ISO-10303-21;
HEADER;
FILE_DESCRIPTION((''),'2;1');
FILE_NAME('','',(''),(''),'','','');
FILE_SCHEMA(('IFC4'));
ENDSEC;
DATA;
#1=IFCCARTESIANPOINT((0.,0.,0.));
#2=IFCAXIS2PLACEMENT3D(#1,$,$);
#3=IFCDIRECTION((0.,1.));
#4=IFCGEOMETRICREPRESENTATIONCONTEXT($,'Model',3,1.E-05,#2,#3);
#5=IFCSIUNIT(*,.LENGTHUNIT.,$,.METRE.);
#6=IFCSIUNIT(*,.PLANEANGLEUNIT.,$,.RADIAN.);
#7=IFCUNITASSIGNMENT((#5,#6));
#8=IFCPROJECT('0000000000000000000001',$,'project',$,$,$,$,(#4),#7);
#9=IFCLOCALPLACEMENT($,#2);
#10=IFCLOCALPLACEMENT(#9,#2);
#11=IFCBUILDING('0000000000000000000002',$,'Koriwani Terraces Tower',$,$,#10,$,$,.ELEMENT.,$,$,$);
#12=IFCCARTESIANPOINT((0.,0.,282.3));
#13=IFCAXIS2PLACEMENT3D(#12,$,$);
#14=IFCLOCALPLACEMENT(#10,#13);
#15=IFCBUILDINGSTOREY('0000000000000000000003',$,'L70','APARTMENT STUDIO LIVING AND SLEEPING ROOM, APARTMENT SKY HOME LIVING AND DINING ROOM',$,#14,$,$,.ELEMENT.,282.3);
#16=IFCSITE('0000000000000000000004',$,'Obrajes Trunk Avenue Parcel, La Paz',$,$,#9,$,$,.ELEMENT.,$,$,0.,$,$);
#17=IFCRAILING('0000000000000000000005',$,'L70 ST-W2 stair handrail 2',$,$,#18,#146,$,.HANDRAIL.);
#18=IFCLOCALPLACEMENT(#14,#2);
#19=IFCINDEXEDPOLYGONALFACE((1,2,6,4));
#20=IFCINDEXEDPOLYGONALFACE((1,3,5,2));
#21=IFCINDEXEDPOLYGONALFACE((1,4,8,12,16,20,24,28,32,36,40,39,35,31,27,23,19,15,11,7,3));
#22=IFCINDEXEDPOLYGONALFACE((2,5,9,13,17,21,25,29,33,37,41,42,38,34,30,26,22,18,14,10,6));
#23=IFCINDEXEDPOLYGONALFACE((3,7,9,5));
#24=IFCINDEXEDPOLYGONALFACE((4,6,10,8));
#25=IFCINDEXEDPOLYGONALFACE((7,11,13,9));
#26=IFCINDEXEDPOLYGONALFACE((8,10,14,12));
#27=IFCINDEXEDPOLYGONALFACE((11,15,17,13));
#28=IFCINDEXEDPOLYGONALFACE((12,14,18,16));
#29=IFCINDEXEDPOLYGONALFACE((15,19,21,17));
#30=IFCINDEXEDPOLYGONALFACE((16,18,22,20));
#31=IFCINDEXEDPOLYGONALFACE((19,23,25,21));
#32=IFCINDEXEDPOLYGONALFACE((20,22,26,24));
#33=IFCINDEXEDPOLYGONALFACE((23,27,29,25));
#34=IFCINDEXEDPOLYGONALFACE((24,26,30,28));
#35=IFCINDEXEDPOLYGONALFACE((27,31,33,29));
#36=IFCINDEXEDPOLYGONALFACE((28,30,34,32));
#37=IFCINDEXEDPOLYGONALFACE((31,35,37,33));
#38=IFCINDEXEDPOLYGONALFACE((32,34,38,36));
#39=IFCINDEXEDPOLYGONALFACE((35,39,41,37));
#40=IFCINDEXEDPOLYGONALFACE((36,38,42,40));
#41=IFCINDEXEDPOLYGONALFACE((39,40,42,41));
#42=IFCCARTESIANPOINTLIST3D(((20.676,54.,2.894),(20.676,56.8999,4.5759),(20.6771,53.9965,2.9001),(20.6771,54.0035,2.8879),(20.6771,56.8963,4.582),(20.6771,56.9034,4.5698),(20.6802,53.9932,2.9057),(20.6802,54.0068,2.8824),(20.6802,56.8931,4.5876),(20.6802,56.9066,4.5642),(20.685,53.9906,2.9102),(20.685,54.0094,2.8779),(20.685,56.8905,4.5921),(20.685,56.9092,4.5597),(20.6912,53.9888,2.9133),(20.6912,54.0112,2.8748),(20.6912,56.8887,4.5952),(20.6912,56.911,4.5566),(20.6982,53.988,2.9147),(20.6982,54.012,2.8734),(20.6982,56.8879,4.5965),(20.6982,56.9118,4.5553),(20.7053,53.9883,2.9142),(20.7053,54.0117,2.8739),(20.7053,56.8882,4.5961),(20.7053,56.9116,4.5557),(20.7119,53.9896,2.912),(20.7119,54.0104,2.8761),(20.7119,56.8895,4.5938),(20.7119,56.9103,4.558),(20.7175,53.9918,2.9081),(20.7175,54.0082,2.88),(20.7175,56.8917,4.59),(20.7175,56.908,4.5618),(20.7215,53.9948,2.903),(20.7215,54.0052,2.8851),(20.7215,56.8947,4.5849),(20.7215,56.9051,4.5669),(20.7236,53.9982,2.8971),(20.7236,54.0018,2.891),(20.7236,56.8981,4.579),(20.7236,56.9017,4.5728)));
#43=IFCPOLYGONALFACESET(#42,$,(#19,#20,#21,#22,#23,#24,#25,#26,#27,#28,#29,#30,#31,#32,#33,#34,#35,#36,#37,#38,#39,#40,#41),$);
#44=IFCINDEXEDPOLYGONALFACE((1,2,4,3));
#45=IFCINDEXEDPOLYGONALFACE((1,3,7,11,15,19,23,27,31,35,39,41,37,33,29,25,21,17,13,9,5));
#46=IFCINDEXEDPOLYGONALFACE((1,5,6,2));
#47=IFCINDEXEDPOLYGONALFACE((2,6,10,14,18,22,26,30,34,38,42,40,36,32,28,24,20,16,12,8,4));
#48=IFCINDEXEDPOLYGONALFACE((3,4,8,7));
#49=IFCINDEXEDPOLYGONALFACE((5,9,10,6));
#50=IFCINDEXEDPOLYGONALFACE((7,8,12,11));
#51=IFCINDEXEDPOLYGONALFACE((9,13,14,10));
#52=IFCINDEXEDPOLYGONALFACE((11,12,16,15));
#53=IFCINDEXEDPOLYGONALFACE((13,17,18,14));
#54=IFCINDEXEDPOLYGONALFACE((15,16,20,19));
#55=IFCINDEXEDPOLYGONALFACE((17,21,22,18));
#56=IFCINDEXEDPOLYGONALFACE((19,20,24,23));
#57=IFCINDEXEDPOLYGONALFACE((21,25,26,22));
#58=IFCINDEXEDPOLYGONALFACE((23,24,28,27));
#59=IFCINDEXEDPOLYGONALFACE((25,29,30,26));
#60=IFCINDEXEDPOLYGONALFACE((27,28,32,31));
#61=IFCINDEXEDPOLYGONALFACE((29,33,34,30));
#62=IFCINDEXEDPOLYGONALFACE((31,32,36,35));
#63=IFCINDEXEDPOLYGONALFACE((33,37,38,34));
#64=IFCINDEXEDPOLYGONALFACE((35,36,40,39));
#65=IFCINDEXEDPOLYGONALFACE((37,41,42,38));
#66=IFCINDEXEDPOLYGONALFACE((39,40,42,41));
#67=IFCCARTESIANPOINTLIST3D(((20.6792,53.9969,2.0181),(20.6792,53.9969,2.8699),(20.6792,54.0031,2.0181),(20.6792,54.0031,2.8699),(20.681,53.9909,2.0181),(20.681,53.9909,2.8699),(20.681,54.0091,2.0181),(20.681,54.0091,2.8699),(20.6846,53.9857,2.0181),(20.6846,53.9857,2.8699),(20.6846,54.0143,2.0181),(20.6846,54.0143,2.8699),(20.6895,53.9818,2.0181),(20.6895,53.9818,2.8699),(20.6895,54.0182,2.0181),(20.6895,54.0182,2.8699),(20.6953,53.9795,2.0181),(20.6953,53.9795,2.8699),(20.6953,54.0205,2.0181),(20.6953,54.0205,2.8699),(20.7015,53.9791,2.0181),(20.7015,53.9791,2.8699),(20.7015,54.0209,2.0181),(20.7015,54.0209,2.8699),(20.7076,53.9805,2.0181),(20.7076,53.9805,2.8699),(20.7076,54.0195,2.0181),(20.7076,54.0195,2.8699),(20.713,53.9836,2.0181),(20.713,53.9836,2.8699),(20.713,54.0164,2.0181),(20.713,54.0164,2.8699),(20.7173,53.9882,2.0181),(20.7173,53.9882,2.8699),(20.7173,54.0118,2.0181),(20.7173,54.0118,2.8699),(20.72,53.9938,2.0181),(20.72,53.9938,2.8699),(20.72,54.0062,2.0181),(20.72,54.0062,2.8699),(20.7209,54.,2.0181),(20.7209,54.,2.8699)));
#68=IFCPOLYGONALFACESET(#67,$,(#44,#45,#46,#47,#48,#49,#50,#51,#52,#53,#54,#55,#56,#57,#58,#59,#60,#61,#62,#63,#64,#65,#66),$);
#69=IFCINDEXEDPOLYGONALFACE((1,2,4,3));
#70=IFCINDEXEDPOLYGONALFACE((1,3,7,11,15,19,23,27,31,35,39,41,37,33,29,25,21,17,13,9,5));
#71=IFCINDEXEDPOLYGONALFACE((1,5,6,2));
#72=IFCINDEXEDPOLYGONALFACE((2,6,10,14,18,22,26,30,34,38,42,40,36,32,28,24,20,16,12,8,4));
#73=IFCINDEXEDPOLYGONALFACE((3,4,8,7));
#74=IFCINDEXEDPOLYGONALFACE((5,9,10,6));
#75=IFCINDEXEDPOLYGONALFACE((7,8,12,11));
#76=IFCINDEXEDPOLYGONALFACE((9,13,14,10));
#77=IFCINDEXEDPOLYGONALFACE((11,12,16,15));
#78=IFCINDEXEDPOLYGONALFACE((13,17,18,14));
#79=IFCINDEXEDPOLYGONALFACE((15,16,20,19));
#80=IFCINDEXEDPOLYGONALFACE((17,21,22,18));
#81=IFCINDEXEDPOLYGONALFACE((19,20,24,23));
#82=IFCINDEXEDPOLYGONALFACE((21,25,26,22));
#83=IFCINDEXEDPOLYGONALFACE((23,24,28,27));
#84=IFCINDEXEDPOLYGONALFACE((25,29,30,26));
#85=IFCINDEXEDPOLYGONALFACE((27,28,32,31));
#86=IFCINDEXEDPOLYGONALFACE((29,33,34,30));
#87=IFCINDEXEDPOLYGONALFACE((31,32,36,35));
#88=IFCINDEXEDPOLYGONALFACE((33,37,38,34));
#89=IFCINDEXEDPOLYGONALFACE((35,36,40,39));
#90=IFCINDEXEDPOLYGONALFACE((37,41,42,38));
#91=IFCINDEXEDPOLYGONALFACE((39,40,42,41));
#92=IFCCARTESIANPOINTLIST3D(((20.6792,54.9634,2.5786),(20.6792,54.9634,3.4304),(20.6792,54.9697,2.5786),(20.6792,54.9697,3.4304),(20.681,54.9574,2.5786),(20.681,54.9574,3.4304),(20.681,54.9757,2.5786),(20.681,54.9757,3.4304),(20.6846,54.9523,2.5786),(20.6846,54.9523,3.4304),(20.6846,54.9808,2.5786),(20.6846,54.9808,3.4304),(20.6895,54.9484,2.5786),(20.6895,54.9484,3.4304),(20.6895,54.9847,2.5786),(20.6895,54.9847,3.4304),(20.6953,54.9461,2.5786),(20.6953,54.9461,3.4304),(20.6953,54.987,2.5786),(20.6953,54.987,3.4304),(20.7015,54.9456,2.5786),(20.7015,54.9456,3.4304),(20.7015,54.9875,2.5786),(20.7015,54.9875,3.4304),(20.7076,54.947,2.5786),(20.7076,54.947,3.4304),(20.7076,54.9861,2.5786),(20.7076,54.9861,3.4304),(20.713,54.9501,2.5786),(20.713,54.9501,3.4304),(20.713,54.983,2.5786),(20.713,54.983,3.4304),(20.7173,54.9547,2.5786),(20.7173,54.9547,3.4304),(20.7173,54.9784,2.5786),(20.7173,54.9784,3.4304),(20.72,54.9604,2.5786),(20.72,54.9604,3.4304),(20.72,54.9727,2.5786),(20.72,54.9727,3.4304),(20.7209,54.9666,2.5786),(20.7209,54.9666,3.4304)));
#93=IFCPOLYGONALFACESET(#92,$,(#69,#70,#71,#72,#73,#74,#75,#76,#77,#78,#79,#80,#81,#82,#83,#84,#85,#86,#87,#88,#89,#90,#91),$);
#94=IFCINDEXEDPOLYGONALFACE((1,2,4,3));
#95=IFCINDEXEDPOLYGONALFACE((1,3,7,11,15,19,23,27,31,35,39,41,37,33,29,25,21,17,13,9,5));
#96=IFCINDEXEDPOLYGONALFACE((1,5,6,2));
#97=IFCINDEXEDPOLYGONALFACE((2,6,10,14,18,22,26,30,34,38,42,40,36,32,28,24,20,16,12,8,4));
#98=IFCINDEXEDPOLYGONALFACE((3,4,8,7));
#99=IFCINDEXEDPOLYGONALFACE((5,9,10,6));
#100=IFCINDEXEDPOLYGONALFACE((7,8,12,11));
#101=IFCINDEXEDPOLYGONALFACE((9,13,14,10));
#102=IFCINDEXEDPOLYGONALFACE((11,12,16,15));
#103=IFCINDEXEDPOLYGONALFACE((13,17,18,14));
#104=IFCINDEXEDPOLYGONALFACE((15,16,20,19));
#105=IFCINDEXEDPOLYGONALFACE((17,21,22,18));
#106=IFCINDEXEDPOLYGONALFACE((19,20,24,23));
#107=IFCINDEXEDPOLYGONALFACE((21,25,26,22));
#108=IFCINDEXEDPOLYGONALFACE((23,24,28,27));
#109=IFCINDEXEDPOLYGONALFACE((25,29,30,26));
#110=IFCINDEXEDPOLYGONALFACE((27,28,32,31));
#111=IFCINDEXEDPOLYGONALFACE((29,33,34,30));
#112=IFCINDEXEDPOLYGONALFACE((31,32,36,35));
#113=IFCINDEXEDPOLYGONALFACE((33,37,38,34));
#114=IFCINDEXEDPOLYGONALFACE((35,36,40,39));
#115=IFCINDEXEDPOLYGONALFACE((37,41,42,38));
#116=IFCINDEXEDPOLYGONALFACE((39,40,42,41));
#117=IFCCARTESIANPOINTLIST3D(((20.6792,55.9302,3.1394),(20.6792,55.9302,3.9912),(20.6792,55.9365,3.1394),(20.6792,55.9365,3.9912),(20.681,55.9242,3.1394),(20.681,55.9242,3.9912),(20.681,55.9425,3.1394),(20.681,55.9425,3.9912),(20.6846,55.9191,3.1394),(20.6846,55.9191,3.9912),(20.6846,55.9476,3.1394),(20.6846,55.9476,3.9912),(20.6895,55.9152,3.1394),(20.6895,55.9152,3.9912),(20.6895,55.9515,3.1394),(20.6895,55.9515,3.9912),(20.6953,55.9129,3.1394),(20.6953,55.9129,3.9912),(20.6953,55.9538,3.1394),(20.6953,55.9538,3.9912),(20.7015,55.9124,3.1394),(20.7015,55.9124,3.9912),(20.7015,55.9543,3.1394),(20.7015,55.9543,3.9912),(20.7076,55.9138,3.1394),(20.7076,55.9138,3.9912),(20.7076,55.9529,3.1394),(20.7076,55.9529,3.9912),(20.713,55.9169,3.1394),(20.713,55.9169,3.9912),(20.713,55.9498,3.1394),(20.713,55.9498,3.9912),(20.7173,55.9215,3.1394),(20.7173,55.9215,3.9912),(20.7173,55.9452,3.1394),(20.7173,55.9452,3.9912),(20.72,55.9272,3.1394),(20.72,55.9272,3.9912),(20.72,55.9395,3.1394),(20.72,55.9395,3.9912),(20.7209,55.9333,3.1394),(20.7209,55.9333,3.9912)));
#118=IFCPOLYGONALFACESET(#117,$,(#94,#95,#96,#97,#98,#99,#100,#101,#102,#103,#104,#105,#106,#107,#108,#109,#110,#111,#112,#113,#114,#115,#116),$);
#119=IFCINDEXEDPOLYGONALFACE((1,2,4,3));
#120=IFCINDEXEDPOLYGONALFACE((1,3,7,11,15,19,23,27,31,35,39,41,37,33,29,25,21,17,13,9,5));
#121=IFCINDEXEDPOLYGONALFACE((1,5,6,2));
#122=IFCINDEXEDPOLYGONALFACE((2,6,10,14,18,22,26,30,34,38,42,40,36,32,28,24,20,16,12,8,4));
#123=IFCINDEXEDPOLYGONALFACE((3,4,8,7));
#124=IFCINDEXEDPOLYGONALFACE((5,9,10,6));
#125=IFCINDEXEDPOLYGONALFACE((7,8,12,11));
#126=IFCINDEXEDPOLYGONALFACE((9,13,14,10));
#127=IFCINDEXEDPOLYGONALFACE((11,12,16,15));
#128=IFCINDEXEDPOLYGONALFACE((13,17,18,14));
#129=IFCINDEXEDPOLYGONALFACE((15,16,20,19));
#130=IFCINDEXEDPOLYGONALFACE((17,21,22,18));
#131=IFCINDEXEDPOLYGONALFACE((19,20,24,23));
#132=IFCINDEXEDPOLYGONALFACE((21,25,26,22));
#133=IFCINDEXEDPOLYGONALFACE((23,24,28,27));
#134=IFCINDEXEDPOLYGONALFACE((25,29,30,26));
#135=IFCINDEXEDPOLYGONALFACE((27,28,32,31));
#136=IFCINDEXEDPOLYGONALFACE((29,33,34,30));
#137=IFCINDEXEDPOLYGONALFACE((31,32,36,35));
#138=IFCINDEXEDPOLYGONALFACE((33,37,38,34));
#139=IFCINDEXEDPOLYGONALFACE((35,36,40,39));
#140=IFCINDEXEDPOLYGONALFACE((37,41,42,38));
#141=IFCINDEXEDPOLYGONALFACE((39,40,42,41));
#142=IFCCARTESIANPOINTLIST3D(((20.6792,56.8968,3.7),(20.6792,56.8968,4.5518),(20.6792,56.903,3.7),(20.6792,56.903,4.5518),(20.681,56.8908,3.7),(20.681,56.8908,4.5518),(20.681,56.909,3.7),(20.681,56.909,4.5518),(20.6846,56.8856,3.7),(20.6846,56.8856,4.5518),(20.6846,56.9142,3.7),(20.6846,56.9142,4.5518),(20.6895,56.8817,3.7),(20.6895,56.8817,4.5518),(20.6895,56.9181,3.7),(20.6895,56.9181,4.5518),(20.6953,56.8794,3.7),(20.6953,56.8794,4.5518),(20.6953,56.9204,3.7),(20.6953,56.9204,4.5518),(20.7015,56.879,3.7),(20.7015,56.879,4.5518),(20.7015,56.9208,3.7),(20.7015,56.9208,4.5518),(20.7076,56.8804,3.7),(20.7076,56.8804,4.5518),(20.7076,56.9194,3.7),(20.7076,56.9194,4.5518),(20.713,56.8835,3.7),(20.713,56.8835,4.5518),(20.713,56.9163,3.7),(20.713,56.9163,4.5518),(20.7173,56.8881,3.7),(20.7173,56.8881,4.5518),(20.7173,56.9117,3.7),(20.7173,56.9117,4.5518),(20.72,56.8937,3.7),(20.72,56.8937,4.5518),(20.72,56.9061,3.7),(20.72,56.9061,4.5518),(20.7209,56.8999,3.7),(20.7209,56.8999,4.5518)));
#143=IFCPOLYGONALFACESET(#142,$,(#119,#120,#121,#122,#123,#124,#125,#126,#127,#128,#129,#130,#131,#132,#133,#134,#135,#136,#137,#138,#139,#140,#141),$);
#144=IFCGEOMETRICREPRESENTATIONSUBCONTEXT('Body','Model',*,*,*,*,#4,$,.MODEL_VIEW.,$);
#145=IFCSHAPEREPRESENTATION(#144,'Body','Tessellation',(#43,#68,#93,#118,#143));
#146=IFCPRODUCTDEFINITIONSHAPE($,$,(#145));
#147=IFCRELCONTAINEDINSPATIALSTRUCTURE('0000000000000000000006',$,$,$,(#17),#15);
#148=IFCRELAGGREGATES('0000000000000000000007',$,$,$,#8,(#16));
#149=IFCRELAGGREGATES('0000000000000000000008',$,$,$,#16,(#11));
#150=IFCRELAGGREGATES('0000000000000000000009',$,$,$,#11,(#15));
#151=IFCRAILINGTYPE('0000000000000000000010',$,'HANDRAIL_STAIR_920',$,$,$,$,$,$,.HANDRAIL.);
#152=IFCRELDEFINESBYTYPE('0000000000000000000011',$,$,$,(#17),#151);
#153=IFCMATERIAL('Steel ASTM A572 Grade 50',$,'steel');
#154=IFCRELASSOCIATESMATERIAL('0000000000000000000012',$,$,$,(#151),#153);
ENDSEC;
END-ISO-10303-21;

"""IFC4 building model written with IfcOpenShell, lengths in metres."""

from ifc_helpers import new_model, si_unit, direction, frame, origin, origin_2d, place, context, subcontext, project, spatial, circle, extrude, material, type_object, element, save


model = new_model("IFC4")

# Units and contexts
model_context = context("Model", 3, precision=1e-05, world=origin(), true_north=direction((0.0, 1.0)))
body_context = subcontext(model_context, "Body", "Model", "MODEL_VIEW")
ifc_project = project(units=[si_unit("LENGTHUNIT", "METRE"), si_unit("PLANEANGLEUNIT", "RADIAN")], contexts=[model_context])

# Site, building, storey
site_placement = place(None, origin())
site = spatial("IfcSite", under=ifc_project, at=site_placement, Name="Obrajes Trunk Avenue Parcel, La Paz", CompositionType="ELEMENT", RefElevation=0.0)
building_placement = place(site_placement, origin())
building = spatial("IfcBuilding", under=site, at=building_placement, Name="Koriwani Terraces Tower", CompositionType="ELEMENT")
storey_placement = place(building_placement, frame((0.0, 0.0, 282.3)))
storey = spatial("IfcBuildingStorey", under=building, at=storey_placement, Name="L70", Description="APARTMENT STUDIO LIVING AND SLEEPING ROOM, APARTMENT SKY HOME LIVING AND DINING ROOM", CompositionType="ELEMENT", Elevation=282.3)

# Shared definitions
ifc_material_1 = material(Name="Steel ASTM A572 Grade 50", Category="steel")

# Railing
railing_type_1 = type_object("IfcRailingType", Name="HANDRAIL_STAIR_920", PredefinedType="HANDRAIL", material=ifc_material_1)
railing_1_placement = place(storey_placement, frame((20.7, 54.0, 2.0181)))
element("IfcRailing", 1, at=railing_1_placement, inside=storey, type_object=railing_type_1, Name="L70 ST-W2 stair handrail 2", PredefinedType="HANDRAIL", context=body_context, shape_type="SweptSolid", body=[
    extrude(circle(Radius=0.0239, at=origin_2d()), frame((0.0, 0.0, 0.876), z_axis=(0.0, 0.865039, 0.501705), x_axis=(-1.0, 0.0, 0.0)), (0.0, 0.0, 1.0), 3.3523),
    extrude(circle(Radius=0.021, at=origin_2d()), origin(), (0.0, 0.0, 1.0), 0.8518),
    extrude(circle(Radius=0.021, at=origin_2d()), frame((0.0, 0.9666, 0.5605)), (0.0, 0.0, 1.0), 0.8518),
    extrude(circle(Radius=0.021, at=origin_2d()), frame((0.0, 1.9333, 1.1213)), (0.0, 0.0, 1.0), 0.8518),
    extrude(circle(Radius=0.021, at=origin_2d()), frame((0.0, 2.8999, 1.6819)), (0.0, 0.0, 1.0), 0.8518),
])

save(model, "model.ifc")
